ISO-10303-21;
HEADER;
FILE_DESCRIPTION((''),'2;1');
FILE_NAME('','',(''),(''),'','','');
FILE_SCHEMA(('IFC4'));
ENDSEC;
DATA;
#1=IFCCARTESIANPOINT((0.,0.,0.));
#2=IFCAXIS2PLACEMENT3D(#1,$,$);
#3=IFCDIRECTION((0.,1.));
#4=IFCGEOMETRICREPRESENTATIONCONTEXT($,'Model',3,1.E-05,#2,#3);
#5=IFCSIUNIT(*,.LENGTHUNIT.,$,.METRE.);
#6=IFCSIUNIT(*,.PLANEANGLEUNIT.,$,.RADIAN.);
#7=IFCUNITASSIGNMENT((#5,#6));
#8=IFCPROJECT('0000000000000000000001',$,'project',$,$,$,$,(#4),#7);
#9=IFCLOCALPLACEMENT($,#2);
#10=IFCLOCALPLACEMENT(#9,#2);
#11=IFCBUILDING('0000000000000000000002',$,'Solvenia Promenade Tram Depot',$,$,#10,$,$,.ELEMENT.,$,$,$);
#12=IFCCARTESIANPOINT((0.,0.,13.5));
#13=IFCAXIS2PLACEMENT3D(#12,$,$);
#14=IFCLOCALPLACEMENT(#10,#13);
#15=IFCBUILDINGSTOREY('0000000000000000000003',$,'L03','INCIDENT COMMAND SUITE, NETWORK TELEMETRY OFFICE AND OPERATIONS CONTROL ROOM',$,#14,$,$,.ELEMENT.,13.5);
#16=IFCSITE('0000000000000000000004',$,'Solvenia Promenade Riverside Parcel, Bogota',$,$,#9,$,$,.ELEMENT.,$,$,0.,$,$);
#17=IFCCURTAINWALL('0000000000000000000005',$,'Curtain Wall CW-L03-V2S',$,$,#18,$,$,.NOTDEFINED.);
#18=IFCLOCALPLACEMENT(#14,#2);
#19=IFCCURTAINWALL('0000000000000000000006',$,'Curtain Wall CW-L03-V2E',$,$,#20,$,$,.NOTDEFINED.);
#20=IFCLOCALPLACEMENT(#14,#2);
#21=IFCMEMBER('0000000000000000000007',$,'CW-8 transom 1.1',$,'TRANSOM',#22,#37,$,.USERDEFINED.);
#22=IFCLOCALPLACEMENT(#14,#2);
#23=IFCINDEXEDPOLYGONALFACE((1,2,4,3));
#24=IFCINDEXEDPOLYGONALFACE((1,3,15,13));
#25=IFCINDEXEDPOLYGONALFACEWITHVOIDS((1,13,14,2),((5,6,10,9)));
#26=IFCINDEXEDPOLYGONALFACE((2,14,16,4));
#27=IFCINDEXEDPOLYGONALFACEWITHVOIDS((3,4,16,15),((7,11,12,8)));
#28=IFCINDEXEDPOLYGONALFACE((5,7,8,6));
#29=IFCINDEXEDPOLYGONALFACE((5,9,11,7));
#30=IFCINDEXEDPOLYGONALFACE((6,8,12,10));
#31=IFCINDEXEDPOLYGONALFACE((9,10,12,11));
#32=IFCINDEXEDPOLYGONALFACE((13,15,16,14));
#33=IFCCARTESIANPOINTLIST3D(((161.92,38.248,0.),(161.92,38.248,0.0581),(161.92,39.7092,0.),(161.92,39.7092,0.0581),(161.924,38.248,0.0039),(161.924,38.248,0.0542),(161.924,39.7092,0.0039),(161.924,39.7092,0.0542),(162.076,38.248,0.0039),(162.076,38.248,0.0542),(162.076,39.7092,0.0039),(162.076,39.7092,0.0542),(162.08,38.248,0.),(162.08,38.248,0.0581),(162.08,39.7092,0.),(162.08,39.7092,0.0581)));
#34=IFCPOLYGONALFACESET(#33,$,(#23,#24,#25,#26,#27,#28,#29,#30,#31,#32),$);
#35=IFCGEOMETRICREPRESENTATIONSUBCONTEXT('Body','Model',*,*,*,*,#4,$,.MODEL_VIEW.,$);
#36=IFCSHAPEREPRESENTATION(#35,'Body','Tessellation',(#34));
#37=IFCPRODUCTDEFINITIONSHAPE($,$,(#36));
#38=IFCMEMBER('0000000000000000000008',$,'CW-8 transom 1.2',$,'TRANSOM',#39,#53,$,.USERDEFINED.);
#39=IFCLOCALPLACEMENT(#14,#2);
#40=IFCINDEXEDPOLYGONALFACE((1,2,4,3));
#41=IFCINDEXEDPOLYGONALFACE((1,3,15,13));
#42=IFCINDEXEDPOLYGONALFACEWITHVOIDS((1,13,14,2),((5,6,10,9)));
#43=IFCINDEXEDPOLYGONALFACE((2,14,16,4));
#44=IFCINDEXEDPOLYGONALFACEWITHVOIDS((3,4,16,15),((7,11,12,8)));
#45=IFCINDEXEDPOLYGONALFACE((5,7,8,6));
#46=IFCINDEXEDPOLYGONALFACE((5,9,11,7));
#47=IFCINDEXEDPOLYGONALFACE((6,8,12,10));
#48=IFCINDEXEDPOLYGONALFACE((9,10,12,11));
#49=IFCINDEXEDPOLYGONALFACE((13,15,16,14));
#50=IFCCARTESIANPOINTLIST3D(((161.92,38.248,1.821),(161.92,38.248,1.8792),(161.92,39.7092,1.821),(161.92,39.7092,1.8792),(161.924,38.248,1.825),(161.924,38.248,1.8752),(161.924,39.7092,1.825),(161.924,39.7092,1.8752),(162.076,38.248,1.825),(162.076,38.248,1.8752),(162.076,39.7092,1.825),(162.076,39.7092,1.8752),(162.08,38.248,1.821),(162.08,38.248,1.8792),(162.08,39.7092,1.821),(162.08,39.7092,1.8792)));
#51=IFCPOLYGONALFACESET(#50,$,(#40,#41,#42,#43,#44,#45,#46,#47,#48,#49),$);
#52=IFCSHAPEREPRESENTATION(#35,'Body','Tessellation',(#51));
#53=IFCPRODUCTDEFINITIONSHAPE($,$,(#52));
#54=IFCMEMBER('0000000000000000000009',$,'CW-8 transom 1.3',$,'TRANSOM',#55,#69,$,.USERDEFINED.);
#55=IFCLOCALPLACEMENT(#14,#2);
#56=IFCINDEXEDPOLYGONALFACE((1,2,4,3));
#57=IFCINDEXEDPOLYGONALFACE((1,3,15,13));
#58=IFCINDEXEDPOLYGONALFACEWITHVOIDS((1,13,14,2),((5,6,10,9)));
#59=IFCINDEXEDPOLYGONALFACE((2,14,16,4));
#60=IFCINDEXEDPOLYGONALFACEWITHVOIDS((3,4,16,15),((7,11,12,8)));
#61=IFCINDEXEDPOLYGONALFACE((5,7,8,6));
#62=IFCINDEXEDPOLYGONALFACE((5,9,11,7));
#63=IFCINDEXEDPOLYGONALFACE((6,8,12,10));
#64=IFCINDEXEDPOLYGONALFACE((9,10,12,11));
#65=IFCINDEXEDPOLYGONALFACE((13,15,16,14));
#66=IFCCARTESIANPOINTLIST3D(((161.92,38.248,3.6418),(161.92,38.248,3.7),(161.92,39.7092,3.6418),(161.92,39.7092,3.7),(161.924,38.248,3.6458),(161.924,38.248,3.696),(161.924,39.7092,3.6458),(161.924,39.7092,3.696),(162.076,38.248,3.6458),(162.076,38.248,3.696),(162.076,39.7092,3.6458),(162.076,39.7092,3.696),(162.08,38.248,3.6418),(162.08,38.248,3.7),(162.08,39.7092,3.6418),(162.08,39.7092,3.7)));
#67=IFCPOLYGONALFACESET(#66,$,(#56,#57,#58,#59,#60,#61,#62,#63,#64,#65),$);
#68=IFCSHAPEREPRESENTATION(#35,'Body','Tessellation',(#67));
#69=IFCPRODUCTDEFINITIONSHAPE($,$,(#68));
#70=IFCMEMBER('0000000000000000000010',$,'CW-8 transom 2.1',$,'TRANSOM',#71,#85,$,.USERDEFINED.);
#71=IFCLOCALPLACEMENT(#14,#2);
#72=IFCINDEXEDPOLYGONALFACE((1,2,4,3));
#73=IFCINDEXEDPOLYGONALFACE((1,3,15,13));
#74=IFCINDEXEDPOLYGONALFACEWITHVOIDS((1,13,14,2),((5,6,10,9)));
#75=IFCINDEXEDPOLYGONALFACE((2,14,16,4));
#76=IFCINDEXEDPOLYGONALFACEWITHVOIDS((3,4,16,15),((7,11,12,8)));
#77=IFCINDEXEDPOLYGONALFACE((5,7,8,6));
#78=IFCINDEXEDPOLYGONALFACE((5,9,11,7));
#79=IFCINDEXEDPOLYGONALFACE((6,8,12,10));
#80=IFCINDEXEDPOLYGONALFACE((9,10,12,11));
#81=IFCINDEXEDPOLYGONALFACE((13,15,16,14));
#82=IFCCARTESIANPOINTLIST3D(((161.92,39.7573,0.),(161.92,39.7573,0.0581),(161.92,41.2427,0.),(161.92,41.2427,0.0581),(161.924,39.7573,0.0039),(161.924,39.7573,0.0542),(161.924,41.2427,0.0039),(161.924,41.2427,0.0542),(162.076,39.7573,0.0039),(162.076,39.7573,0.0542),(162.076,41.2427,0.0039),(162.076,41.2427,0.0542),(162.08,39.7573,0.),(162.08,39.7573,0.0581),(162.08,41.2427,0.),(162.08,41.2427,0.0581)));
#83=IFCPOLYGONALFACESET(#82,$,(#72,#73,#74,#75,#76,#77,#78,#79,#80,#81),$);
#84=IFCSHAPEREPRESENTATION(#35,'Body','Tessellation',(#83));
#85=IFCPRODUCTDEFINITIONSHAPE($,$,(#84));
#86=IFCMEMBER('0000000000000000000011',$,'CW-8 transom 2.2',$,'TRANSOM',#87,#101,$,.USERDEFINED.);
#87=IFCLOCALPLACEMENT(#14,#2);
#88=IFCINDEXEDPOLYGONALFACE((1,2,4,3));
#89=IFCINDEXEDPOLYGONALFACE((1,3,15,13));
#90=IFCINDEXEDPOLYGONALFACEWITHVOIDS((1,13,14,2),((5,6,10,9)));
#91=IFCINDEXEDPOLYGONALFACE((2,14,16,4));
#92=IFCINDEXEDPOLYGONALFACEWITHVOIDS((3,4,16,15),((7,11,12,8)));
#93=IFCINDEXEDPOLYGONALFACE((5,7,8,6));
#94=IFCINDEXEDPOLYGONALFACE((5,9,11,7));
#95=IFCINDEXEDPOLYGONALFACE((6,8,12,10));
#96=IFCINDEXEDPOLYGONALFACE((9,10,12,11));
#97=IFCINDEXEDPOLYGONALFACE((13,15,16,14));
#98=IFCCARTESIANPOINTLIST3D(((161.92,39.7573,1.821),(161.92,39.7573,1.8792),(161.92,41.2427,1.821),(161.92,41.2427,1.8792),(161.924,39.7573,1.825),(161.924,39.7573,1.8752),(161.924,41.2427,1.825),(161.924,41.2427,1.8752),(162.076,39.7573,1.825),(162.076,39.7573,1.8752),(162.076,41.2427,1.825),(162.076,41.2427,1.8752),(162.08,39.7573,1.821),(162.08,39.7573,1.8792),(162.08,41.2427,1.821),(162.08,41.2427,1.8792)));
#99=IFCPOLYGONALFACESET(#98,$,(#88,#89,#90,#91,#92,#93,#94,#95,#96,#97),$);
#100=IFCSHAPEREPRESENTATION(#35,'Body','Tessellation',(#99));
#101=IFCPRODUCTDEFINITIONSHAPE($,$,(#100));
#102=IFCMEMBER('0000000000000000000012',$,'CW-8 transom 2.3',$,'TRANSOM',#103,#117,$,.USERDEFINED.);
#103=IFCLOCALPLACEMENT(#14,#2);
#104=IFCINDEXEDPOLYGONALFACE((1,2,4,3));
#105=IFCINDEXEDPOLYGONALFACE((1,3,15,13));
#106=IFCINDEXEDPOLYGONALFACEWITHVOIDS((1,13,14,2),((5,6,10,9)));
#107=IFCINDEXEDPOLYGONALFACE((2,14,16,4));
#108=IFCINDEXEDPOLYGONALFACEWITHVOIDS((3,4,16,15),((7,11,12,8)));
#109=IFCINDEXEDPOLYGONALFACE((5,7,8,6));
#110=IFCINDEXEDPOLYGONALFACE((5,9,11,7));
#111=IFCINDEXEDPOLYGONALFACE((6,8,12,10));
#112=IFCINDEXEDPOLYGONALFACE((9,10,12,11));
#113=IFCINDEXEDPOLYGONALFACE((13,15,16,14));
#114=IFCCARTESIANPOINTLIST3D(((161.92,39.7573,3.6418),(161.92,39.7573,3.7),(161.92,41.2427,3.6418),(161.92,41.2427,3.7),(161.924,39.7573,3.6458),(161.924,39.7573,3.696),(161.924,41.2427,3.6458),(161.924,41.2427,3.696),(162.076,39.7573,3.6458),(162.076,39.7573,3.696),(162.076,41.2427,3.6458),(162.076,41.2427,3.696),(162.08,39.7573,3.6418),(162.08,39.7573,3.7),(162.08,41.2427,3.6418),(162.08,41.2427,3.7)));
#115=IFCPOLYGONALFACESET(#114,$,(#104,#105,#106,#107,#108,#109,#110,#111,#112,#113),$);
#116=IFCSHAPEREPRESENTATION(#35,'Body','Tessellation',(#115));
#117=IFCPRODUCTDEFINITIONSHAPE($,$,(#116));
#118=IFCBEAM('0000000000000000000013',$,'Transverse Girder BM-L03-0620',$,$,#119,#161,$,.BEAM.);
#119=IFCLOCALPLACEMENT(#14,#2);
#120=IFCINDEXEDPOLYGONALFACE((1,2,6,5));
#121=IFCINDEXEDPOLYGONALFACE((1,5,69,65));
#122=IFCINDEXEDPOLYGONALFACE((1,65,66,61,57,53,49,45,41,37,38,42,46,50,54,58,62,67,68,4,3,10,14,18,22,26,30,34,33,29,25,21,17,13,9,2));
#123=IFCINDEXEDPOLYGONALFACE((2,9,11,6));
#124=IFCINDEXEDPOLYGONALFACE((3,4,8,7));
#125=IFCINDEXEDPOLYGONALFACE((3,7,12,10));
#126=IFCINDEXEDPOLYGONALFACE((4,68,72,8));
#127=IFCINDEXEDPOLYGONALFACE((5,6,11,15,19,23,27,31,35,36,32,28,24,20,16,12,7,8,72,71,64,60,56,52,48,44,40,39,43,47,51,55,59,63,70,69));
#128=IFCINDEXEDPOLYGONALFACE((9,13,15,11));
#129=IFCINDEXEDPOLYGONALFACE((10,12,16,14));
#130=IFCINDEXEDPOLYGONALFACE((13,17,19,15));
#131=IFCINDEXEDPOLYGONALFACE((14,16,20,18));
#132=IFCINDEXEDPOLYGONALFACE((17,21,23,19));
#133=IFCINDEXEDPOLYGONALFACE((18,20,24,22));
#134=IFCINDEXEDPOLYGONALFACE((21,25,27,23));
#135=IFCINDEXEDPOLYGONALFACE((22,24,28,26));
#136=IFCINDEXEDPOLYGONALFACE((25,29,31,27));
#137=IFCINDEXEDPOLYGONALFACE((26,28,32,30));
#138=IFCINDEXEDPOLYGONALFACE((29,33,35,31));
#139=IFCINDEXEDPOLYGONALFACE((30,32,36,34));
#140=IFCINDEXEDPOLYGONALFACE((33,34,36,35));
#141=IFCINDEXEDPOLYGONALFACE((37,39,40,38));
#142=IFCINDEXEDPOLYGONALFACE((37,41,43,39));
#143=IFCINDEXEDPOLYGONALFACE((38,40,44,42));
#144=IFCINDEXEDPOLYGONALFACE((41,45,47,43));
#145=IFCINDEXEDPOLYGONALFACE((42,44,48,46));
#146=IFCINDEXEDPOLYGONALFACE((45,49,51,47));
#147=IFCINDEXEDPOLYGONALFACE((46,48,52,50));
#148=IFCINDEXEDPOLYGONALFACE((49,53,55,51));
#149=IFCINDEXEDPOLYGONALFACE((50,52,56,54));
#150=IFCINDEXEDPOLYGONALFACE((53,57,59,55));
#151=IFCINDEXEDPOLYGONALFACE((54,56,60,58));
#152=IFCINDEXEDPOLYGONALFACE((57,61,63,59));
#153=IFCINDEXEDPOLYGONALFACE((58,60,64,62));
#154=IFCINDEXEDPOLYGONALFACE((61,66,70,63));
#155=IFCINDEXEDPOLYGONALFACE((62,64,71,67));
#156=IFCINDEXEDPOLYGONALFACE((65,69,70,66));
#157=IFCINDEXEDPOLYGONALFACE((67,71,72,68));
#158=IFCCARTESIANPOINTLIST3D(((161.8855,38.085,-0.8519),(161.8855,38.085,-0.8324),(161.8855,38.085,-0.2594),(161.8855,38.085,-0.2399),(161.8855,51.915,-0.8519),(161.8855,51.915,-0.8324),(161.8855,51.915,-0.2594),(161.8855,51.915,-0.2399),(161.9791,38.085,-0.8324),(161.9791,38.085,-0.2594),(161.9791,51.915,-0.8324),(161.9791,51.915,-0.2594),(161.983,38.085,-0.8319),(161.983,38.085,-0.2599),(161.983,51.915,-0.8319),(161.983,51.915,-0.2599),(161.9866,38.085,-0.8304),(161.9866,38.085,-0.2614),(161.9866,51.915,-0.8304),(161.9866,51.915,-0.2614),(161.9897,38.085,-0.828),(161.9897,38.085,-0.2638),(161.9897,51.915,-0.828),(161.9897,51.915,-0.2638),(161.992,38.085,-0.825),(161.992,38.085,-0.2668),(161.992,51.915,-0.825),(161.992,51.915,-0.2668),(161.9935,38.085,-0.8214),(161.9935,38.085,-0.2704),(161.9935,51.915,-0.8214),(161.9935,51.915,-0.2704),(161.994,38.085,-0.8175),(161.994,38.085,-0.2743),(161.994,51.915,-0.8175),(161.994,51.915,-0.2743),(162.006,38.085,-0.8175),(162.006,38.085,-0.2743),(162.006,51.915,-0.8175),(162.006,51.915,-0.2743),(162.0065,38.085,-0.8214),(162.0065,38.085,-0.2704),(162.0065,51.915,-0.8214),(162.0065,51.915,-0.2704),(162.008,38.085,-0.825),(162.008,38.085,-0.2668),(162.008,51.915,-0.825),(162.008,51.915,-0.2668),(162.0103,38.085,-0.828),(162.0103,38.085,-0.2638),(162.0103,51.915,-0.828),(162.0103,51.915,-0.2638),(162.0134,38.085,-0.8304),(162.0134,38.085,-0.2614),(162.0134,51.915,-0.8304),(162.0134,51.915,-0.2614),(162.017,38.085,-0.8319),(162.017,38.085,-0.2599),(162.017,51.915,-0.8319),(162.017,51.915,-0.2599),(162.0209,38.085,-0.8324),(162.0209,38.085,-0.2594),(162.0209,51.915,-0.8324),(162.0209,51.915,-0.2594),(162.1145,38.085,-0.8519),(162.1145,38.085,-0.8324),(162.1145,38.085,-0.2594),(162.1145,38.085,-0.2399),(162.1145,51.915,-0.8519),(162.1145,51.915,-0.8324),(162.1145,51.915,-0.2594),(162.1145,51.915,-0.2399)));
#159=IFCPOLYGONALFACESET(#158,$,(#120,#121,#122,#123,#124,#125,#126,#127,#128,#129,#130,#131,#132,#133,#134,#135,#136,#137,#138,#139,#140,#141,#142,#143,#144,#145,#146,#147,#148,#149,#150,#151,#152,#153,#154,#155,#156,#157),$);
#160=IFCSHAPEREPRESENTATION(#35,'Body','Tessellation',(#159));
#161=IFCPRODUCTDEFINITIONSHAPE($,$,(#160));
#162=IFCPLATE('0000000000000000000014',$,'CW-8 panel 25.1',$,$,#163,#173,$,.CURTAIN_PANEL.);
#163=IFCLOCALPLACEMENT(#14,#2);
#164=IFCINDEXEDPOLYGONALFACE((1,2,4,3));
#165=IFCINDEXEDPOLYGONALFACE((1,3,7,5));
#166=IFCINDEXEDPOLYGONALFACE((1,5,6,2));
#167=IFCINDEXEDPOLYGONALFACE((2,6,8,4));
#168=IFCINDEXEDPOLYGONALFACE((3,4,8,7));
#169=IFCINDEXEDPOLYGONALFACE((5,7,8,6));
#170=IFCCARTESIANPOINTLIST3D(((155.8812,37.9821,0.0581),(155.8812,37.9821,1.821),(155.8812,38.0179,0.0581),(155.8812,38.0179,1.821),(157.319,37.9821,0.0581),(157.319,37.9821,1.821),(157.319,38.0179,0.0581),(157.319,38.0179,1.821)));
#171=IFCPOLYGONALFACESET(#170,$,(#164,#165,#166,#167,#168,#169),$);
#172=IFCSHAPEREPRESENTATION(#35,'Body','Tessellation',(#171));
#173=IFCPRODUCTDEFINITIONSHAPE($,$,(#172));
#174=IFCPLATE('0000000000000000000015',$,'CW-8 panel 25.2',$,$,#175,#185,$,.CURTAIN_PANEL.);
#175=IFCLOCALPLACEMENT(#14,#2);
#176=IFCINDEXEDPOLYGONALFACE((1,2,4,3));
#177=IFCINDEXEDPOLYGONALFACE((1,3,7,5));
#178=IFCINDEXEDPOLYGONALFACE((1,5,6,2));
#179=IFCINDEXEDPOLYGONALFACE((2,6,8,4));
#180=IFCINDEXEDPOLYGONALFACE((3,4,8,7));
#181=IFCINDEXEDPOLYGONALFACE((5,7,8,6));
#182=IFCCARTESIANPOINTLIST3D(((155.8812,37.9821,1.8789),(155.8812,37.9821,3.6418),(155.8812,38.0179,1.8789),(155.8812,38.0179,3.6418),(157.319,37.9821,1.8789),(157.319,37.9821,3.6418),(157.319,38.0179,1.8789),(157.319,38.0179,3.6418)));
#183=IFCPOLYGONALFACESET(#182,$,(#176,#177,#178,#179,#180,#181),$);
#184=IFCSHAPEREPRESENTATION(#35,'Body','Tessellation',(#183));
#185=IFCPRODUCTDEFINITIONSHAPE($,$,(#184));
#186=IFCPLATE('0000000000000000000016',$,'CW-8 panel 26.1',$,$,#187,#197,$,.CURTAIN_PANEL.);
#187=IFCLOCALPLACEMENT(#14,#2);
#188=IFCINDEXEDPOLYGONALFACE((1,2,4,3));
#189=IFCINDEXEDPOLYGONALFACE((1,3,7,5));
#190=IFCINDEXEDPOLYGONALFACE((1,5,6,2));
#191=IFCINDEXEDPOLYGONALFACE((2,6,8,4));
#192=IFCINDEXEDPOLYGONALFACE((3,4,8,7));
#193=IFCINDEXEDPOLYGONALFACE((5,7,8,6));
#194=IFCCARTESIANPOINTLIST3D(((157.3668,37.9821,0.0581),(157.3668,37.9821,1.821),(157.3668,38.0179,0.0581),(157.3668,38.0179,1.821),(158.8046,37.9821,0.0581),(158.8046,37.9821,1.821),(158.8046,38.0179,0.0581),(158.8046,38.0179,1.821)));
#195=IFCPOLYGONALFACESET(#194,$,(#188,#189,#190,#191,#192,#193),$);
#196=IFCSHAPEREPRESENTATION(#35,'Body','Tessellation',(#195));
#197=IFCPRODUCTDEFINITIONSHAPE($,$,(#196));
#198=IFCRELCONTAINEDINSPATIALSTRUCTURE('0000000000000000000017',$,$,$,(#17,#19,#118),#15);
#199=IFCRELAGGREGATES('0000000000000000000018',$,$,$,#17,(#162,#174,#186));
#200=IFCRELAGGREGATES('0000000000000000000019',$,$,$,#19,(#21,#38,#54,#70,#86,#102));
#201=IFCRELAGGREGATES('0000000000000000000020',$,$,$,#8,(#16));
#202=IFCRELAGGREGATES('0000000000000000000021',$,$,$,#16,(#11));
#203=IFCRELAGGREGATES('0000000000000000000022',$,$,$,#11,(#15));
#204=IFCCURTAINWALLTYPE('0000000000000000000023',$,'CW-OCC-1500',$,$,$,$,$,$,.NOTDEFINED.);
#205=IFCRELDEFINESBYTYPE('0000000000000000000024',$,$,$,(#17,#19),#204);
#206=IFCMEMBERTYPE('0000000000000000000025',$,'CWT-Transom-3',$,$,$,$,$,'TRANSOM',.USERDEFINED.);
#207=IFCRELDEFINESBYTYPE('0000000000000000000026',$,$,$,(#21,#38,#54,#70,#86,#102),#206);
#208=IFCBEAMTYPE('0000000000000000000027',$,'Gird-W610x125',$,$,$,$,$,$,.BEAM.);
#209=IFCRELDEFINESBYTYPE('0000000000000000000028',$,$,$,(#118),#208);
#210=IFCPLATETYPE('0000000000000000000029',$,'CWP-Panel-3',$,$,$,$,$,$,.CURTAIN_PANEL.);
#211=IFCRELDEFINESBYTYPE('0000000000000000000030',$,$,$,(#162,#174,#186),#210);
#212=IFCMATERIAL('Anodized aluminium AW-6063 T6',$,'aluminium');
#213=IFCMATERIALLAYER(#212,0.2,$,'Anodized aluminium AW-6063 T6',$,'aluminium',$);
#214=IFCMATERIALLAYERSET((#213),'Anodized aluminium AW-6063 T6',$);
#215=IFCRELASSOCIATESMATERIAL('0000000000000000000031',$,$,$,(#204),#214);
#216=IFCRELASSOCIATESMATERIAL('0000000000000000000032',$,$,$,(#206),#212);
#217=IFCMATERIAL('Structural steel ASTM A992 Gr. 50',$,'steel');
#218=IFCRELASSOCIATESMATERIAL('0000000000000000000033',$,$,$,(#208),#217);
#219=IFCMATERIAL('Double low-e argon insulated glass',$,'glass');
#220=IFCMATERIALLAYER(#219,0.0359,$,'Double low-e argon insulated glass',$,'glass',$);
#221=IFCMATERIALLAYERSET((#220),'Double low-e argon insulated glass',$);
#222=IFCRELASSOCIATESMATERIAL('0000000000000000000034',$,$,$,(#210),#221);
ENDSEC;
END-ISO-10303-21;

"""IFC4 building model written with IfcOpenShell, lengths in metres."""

from ifc_helpers import new_model, si_unit, direction, frame, origin, origin_2d, place, context, subcontext, project, spatial, rectangle, hollow_rectangle, i_section, extrude, material, layer, layer_set, material_profile, profile_set, type_object, element, aggregate, save


model = new_model("IFC4")

# Units and contexts
model_context = context("Model", 3, precision=1e-05, world=origin(), true_north=direction((0.0, 1.0)))
body_context = subcontext(model_context, "Body", "Model", "MODEL_VIEW")
ifc_project = project(units=[si_unit("LENGTHUNIT", "METRE"), si_unit("PLANEANGLEUNIT", "RADIAN")], contexts=[model_context])

# Site, building, storey
site_placement = place(None, origin())
site = spatial("IfcSite", under=ifc_project, at=site_placement, Name="Solvenia Promenade Riverside Parcel, Bogota", CompositionType="ELEMENT", RefElevation=0.0)
building_placement = place(site_placement, origin())
building = spatial("IfcBuilding", under=site, at=building_placement, Name="Solvenia Promenade Tram Depot", CompositionType="ELEMENT")
storey_placement = place(building_placement, frame((0.0, 0.0, 13.5)))
storey = spatial("IfcBuildingStorey", under=building, at=storey_placement, Name="L03", Description="INCIDENT COMMAND SUITE, NETWORK TELEMETRY OFFICE AND OPERATIONS CONTROL ROOM", CompositionType="ELEMENT", Elevation=13.5)

# Shared definitions
ifc_material_1 = material(Name="Structural steel ASTM A992 Gr. 50", Category="steel")

# Curtain walls
ifc_material_2 = material(Name="Anodized aluminium AW-6063 T6", Category="aluminium")
ifc_layer_1 = layer(ifc_material_2, 0.2, Name="Anodized aluminium AW-6063 T6", Category="aluminium")
ifc_layer_set_1 = layer_set([ifc_layer_1], Name="Anodized aluminium AW-6063 T6")
curtain_wall_type = type_object("IfcCurtainWallType", Name="CW-OCC-1500", PredefinedType="NOTDEFINED", material=ifc_layer_set_1)
curtain_wall_1_placement = place(storey_placement, origin())
curtain_wall_1 = element("IfcCurtainWall", 1, at=curtain_wall_1_placement, inside=storey, type_object=curtain_wall_type, Name="Curtain Wall CW-L03-V2S", PredefinedType="NOTDEFINED")
curtain_wall_2_placement = place(storey_placement, origin())
curtain_wall_2 = element("IfcCurtainWall", 2, at=curtain_wall_2_placement, inside=storey, type_object=curtain_wall_type, Name="Curtain Wall CW-L03-V2E", PredefinedType="NOTDEFINED")

# Members
ifc_material_profile_1 = material_profile(ifc_material_2, hollow_rectangle(XDim=0.1599, YDim=0.0581, WallThickness=0.0039, at=origin_2d()), Name="ALU-T3", Category="aluminium")
ifc_profile_set_1 = profile_set([ifc_material_profile_1], Name="Anodized aluminium AW-6063 T6")
member_type_1 = type_object("IfcMemberType", Name="CWT-Transom-3", ElementType="TRANSOM", PredefinedType="USERDEFINED", material=ifc_profile_set_1)
member_1_placement = place(storey_placement, frame((162.0, 38.248, 0.0291), z_axis=(0.0, 1.0, 0.0), x_axis=(-1.0, 0.0, 0.0)))
member_1 = element("IfcMember", 3, at=member_1_placement, type_object=member_type_1, Name="CW-8 transom 1.1", ObjectType="TRANSOM", PredefinedType="USERDEFINED", context=body_context, shape_type="SweptSolid", body=[
    extrude(hollow_rectangle(XDim=0.1599, YDim=0.0581, WallThickness=0.0039, at=origin_2d()), origin(), (0.0, 0.0, 1.0), 1.4612),
])
member_2_placement = place(storey_placement, frame((162.0, 38.248, 1.8501), z_axis=(0.0, 1.0, 0.0), x_axis=(-1.0, 0.0, 0.0)))
member_2 = element("IfcMember", 4, at=member_2_placement, type_object=member_type_1, Name="CW-8 transom 1.2", ObjectType="TRANSOM", PredefinedType="USERDEFINED", context=body_context, shape_type="SweptSolid", body=[
    extrude(hollow_rectangle(XDim=0.1599, YDim=0.0581, WallThickness=0.0039, at=origin_2d()), origin(), (0.0, 0.0, 1.0), 1.4612),
])
member_3_placement = place(storey_placement, frame((162.0, 38.248, 3.6709), z_axis=(0.0, 1.0, 0.0), x_axis=(-1.0, 0.0, 0.0)))
member_3 = element("IfcMember", 5, at=member_3_placement, type_object=member_type_1, Name="CW-8 transom 1.3", ObjectType="TRANSOM", PredefinedType="USERDEFINED", context=body_context, shape_type="SweptSolid", body=[
    extrude(hollow_rectangle(XDim=0.1599, YDim=0.0581, WallThickness=0.0039, at=origin_2d()), origin(), (0.0, 0.0, 1.0), 1.4612),
])
member_4_placement = place(storey_placement, frame((162.0, 39.7573, 0.0291), z_axis=(0.0, 1.0, 0.0), x_axis=(-1.0, 0.0, 0.0)))
member_4 = element("IfcMember", 6, at=member_4_placement, type_object=member_type_1, Name="CW-8 transom 2.1", ObjectType="TRANSOM", PredefinedType="USERDEFINED", context=body_context, shape_type="SweptSolid", body=[
    extrude(hollow_rectangle(XDim=0.1599, YDim=0.0581, WallThickness=0.0039, at=origin_2d()), origin(), (0.0, 0.0, 1.0), 1.4854),
])
member_5_placement = place(storey_placement, frame((162.0, 39.7573, 1.8501), z_axis=(0.0, 1.0, 0.0), x_axis=(-1.0, 0.0, 0.0)))
member_5 = element("IfcMember", 7, at=member_5_placement, type_object=member_type_1, Name="CW-8 transom 2.2", ObjectType="TRANSOM", PredefinedType="USERDEFINED", context=body_context, shape_type="SweptSolid", body=[
    extrude(hollow_rectangle(XDim=0.1599, YDim=0.0581, WallThickness=0.0039, at=origin_2d()), origin(), (0.0, 0.0, 1.0), 1.4854),
])
member_6_placement = place(storey_placement, frame((162.0, 39.7573, 3.6709), z_axis=(0.0, 1.0, 0.0), x_axis=(-1.0, 0.0, 0.0)))
member_6 = element("IfcMember", 8, at=member_6_placement, type_object=member_type_1, Name="CW-8 transom 2.3", ObjectType="TRANSOM", PredefinedType="USERDEFINED", context=body_context, shape_type="SweptSolid", body=[
    extrude(hollow_rectangle(XDim=0.1599, YDim=0.0581, WallThickness=0.0039, at=origin_2d()), origin(), (0.0, 0.0, 1.0), 1.4854),
])

# Beam
ifc_material_profile_2 = material_profile(ifc_material_1, i_section(OverallWidth=0.229, OverallDepth=0.6121, WebThickness=0.012, FlangeThickness=0.0195, FilletRadius=0.0149, at=origin_2d()), Name="W610x125", Category="steel")
ifc_profile_set_2 = profile_set([ifc_material_profile_2], Name="Structural steel ASTM A992 Gr. 50")
beam_type_1 = type_object("IfcBeamType", Name="Gird-W610x125", PredefinedType="BEAM", material=ifc_profile_set_2)
beam_1_placement = place(storey_placement, frame((162.0, 38.085, -0.5459), z_axis=(0.0, 1.0, 0.0), x_axis=(-1.0, 0.0, 0.0)))
element("IfcBeam", 9, at=beam_1_placement, inside=storey, type_object=beam_type_1, Name="Transverse Girder BM-L03-0620", PredefinedType="BEAM", context=body_context, shape_type="SweptSolid", body=[
    extrude(i_section(OverallWidth=0.229, OverallDepth=0.6121, WebThickness=0.012, FlangeThickness=0.0195, FilletRadius=0.0149, at=origin_2d()), origin(), (0.0, 0.0, 1.0), 13.8301),
])

# Plates
ifc_material_3 = material(Name="Double low-e argon insulated glass", Category="glass")
ifc_layer_2 = layer(ifc_material_3, 0.0359, Name="Double low-e argon insulated glass", Category="glass")
ifc_layer_set_2 = layer_set([ifc_layer_2], Name="Double low-e argon insulated glass")
plate_type = type_object("IfcPlateType", Name="CWP-Panel-3", PredefinedType="CURTAIN_PANEL", material=ifc_layer_set_2)
plate_1_placement = place(storey_placement, frame((156.6001, 38.0, 0.0581), z_axis=(0.0, 0.0, 1.0), x_axis=(1.0, 0.0, 0.0)))
plate_1 = element("IfcPlate", 10, at=plate_1_placement, type_object=plate_type, Name="CW-8 panel 25.1", PredefinedType="CURTAIN_PANEL", context=body_context, shape_type="SweptSolid", body=[
    extrude(rectangle(XDim=1.4377, YDim=0.0359, at=origin_2d()), origin(), (0.0, 0.0, 1.0), 1.7629),
])
plate_2_placement = place(storey_placement, frame((156.6001, 38.0, 1.8789), z_axis=(0.0, 0.0, 1.0), x_axis=(1.0, 0.0, 0.0)))
plate_2 = element("IfcPlate", 11, at=plate_2_placement, type_object=plate_type, Name="CW-8 panel 25.2", PredefinedType="CURTAIN_PANEL", context=body_context, shape_type="SweptSolid", body=[
    extrude(rectangle(XDim=1.4377, YDim=0.0359, at=origin_2d()), origin(), (0.0, 0.0, 1.0), 1.7629),
])
plate_3_placement = place(storey_placement, frame((158.0857, 38.0, 0.0581), z_axis=(0.0, 0.0, 1.0), x_axis=(1.0, 0.0, 0.0)))
plate_3 = element("IfcPlate", 12, at=plate_3_placement, type_object=plate_type, Name="CW-8 panel 26.1", PredefinedType="CURTAIN_PANEL", context=body_context, shape_type="SweptSolid", body=[
    extrude(rectangle(XDim=1.4377, YDim=0.0359, at=origin_2d()), origin(), (0.0, 0.0, 1.0), 1.7629),
])
aggregate(curtain_wall_1, [plate_1, plate_2, plate_3])
aggregate(curtain_wall_2, [member_1, member_2, member_3, member_4, member_5, member_6])

save(model, "model.ifc")
